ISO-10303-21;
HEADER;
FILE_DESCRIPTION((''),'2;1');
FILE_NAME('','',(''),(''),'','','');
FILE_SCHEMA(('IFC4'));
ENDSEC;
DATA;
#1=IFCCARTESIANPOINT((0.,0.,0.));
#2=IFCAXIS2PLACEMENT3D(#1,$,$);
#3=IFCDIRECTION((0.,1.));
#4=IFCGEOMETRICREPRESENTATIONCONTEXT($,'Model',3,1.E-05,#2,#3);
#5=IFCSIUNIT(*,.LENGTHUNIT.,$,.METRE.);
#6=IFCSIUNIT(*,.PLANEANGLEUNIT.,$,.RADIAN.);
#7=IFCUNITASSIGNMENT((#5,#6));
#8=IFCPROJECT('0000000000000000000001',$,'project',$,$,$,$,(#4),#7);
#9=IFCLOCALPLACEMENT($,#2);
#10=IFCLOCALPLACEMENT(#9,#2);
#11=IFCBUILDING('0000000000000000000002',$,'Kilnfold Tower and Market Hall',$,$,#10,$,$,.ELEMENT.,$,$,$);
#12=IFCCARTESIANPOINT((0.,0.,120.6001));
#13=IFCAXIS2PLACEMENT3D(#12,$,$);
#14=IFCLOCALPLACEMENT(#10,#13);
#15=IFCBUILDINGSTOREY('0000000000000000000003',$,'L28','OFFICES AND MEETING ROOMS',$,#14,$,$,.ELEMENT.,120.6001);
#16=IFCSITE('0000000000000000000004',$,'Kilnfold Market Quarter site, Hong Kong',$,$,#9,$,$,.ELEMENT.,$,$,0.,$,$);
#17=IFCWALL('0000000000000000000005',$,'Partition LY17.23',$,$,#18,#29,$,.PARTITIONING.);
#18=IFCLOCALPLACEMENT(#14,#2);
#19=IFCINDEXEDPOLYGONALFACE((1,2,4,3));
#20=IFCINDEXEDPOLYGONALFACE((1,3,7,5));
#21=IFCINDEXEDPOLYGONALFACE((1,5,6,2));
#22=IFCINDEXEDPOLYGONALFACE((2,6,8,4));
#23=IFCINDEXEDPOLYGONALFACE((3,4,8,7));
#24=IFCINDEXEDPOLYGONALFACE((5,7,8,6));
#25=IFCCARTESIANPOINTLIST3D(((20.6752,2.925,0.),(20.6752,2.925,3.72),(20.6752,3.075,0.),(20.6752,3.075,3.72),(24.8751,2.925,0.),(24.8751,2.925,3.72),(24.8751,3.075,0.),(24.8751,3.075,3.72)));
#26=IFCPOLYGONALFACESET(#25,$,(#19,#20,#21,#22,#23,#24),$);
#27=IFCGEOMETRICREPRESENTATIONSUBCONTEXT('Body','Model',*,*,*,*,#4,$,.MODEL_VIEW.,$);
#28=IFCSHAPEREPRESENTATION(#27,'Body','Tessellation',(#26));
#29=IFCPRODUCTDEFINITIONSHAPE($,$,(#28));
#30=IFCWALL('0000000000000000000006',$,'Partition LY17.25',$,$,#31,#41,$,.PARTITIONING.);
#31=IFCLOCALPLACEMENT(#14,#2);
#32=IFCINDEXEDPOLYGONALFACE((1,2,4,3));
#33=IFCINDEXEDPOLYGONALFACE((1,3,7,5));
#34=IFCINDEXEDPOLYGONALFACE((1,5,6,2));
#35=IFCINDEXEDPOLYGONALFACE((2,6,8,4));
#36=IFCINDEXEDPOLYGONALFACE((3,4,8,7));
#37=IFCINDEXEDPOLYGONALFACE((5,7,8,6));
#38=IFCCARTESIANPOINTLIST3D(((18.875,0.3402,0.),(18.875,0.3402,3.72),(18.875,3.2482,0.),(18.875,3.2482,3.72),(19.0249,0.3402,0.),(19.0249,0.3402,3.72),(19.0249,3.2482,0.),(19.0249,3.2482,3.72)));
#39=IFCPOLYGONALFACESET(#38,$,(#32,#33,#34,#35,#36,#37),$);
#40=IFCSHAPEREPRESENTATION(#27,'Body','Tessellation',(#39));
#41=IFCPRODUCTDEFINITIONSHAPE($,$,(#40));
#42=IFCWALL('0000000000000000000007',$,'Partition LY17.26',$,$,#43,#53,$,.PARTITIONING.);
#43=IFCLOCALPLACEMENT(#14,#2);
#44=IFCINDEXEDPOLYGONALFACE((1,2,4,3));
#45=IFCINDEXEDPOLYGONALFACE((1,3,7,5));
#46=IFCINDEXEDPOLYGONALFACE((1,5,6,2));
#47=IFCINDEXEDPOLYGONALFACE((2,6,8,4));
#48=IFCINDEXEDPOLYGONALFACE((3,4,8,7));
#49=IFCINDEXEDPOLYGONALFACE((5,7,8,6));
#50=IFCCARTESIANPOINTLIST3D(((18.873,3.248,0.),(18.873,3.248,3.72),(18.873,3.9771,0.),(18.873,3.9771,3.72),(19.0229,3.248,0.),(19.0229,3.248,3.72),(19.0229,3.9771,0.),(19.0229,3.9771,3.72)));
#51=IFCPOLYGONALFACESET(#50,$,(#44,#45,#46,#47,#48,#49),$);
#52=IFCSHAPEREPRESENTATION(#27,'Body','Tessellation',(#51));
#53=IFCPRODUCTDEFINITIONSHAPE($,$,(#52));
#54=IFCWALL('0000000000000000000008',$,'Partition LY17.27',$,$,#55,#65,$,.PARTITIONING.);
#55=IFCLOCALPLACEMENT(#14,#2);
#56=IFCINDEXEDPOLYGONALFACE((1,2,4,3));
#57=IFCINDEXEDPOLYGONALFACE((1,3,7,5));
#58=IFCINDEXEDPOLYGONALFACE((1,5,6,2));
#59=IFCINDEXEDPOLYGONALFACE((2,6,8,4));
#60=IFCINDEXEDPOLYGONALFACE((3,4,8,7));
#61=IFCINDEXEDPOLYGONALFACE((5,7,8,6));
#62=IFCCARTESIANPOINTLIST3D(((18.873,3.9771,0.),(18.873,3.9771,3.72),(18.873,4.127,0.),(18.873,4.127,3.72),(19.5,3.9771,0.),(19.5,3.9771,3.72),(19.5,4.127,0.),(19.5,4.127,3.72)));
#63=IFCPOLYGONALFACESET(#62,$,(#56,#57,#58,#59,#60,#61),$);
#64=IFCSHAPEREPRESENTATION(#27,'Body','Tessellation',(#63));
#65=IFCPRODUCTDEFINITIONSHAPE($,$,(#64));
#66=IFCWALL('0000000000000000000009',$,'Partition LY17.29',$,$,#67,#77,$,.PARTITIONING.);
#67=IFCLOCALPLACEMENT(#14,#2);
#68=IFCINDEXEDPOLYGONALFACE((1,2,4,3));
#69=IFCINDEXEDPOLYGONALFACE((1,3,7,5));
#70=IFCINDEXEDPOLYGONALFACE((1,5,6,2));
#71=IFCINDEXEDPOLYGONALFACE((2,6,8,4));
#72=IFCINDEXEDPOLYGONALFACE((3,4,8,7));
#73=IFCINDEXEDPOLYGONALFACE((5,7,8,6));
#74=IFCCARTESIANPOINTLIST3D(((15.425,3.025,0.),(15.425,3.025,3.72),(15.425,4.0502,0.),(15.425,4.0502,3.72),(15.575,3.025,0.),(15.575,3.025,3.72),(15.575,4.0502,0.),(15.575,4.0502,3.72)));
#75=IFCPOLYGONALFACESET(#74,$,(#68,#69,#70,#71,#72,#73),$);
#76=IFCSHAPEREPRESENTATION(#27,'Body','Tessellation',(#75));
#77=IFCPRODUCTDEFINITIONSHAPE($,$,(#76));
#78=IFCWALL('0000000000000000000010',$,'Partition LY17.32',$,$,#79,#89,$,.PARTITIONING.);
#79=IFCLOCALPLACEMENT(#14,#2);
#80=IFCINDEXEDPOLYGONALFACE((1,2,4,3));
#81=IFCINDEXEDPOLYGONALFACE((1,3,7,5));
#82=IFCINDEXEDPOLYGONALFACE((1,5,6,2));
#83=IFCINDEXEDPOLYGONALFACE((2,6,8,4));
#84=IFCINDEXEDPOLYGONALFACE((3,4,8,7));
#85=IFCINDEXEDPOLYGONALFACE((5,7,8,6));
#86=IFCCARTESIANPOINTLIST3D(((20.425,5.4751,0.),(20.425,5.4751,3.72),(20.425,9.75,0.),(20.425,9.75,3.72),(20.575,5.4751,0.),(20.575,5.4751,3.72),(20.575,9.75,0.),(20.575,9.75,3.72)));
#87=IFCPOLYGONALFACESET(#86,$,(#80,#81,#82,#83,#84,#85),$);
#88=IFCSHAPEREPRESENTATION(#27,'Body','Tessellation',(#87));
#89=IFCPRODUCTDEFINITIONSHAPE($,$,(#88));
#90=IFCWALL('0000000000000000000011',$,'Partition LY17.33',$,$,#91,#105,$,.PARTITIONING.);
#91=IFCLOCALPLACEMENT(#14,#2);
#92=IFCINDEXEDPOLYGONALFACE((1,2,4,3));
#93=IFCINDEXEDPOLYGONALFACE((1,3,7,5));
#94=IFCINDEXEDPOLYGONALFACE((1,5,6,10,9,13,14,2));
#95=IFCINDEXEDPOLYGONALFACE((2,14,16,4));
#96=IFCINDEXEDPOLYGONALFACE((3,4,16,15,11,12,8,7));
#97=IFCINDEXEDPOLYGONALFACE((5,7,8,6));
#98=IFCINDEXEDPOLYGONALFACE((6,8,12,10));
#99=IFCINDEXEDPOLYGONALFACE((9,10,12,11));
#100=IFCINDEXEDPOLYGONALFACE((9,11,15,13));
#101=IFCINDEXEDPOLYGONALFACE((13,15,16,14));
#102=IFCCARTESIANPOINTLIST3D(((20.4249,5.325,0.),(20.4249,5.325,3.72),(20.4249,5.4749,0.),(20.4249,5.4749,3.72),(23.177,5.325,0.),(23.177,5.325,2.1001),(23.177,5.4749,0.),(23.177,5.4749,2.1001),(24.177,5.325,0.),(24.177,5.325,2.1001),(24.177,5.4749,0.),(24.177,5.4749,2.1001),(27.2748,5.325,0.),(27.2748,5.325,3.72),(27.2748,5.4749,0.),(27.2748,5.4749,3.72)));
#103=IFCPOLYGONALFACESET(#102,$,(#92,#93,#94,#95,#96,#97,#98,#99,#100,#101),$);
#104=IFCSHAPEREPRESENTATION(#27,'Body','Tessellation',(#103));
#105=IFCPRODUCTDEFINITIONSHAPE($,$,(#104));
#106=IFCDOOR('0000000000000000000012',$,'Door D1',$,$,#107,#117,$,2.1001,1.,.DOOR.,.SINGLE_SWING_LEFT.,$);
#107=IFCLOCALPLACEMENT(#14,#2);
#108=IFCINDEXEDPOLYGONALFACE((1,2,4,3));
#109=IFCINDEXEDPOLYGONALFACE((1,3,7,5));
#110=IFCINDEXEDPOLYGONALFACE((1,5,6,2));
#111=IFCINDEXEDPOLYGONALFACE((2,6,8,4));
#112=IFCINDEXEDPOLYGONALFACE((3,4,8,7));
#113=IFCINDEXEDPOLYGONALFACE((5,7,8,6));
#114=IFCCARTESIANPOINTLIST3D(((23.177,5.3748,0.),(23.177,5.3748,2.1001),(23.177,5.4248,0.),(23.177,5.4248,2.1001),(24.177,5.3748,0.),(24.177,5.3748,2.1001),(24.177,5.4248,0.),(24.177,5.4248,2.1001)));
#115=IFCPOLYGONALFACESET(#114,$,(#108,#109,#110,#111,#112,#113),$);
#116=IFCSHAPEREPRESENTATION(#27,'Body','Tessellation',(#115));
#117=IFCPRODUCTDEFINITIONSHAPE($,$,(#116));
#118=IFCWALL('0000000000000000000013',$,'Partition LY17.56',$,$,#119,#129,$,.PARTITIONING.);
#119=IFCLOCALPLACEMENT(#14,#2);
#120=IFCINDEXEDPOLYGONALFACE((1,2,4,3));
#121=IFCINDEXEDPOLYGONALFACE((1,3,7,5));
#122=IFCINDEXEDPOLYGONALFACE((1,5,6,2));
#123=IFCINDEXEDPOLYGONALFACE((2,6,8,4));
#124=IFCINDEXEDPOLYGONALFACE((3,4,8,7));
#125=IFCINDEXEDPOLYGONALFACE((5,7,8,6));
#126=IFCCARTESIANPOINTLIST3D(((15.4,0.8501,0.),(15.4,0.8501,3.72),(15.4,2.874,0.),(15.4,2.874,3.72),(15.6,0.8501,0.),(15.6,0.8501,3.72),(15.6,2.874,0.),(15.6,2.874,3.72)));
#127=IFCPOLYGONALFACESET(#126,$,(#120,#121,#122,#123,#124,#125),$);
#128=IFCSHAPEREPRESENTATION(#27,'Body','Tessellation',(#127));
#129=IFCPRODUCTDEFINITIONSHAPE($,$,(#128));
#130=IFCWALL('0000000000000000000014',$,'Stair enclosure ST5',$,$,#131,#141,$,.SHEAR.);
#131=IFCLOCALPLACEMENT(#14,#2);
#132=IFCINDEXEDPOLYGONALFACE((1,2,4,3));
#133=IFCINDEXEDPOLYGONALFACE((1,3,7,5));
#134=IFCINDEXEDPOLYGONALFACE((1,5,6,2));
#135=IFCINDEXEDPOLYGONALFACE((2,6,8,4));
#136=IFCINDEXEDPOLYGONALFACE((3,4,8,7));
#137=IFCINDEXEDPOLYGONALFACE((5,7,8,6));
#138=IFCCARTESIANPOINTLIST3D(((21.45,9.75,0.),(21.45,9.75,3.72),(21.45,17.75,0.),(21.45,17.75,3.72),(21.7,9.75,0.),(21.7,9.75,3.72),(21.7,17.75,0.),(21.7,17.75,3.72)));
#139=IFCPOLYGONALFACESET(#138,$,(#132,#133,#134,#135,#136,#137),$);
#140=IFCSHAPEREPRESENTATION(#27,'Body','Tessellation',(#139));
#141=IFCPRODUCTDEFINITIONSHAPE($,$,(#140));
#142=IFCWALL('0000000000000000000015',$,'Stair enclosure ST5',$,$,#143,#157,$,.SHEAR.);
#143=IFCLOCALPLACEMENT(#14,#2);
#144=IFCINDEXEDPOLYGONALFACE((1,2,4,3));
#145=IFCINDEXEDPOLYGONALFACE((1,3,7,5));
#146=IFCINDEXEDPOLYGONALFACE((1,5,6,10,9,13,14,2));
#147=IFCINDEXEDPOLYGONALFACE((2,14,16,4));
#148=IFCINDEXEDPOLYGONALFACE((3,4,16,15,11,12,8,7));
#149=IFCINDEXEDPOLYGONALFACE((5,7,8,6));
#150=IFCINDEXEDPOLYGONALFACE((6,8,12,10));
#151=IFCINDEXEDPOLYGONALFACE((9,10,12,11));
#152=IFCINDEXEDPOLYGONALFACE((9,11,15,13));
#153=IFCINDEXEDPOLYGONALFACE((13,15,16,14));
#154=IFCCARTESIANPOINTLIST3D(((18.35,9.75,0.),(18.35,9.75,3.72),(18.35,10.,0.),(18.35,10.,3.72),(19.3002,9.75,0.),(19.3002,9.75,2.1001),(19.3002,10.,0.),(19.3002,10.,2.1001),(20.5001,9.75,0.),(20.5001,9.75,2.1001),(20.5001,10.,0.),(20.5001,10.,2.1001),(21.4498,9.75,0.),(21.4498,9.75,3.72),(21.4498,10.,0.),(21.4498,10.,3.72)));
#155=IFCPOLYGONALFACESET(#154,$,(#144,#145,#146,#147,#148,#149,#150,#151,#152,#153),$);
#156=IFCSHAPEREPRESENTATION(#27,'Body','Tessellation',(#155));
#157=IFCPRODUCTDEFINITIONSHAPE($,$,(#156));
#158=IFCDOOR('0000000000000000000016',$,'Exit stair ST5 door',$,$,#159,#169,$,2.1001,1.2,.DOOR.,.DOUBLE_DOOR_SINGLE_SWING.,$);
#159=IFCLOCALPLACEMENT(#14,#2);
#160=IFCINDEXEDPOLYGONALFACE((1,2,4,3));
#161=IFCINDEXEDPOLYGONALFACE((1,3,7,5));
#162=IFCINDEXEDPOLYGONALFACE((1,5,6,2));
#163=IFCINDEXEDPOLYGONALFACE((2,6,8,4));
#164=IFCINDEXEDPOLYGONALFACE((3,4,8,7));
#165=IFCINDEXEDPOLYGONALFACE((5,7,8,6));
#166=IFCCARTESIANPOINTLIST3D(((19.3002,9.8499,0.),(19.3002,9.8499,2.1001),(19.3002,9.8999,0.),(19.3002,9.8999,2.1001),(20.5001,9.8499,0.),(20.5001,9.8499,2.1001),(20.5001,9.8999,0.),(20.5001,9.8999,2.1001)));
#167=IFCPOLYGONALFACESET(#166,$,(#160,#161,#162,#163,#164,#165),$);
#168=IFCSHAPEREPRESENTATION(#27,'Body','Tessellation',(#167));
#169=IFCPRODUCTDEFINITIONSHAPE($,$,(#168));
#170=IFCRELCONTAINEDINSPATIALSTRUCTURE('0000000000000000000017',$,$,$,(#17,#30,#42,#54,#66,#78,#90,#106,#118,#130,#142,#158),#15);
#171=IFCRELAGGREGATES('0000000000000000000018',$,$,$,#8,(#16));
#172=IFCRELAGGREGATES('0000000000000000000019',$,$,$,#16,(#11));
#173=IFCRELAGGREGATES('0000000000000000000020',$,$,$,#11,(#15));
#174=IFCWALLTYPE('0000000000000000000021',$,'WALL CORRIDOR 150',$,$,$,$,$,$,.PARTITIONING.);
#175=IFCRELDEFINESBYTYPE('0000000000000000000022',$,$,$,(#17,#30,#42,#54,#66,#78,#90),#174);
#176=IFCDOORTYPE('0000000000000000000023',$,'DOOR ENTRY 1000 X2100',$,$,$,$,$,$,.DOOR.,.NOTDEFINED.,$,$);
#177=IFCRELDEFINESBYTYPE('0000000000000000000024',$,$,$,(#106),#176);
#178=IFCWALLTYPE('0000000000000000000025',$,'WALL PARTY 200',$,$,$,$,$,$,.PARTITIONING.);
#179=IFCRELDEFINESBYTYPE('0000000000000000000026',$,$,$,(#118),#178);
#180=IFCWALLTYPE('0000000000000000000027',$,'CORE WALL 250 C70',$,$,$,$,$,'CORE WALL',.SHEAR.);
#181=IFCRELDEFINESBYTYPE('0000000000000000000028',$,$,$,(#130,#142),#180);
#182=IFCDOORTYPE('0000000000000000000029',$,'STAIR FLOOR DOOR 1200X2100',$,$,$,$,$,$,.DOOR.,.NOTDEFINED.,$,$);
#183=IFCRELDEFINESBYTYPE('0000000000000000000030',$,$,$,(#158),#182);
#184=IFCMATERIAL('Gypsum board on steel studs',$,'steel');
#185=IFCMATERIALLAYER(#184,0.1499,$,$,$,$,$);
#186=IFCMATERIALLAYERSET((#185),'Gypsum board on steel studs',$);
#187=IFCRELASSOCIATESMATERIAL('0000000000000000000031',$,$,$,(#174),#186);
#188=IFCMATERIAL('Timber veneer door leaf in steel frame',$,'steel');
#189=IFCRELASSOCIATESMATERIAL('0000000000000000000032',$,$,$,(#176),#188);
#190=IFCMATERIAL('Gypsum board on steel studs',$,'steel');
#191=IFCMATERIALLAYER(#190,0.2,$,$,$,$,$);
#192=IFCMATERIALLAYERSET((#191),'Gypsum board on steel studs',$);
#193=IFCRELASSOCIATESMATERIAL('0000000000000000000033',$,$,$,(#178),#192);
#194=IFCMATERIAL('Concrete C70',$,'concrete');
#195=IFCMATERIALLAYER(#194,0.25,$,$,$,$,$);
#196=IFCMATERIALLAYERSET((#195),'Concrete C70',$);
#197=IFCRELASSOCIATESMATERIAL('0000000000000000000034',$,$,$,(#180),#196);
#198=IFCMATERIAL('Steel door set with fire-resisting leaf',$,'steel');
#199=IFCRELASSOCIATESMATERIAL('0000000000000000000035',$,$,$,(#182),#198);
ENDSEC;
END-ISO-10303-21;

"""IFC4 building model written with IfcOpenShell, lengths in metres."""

from ifc_helpers import new_model, si_unit, direction, frame, frame_2d, origin, place, context, subcontext, project, spatial, rectangle, extrude, source, transform, mapped, material, layer, layer_set, type_object, element, fill, save


model = new_model("IFC4")

# Units and contexts
model_context = context("Model", 3, precision=1e-05, world=origin(), true_north=direction((0.0, 1.0)))
body_context = subcontext(model_context, "Body", "Model", "MODEL_VIEW")
ifc_project = project(units=[si_unit("LENGTHUNIT", "METRE"), si_unit("PLANEANGLEUNIT", "RADIAN")], contexts=[model_context])

# Site, building, storey
site_placement = place(None, origin())
site = spatial("IfcSite", under=ifc_project, at=site_placement, Name="Kilnfold Market Quarter site, Hong Kong", CompositionType="ELEMENT", RefElevation=0.0)
building_placement = place(site_placement, origin())
building = spatial("IfcBuilding", under=site, at=building_placement, Name="Kilnfold Tower and Market Hall", CompositionType="ELEMENT")
storey_placement = place(building_placement, frame((0.0, 0.0, 120.6001)))
storey = spatial("IfcBuildingStorey", under=building, at=storey_placement, Name="L28", Description="OFFICES AND MEETING ROOMS", CompositionType="ELEMENT", Elevation=120.6001)

# Walls
ifc_material_1 = material(Name="Gypsum board on steel studs", Category="steel")
ifc_layer_1 = layer(ifc_material_1, 0.1499)
ifc_layer_set_1 = layer_set([ifc_layer_1], Name="Gypsum board on steel studs")
wall_type_1 = type_object("IfcWallType", Name="WALL CORRIDOR 150", PredefinedType="PARTITIONING", material=ifc_layer_set_1)
wall_1_placement = place(storey_placement, frame((20.675, 3.0, 0.0), z_axis=(0.0, 0.0, 1.0), x_axis=(1.0, 0.0, 0.0)))
element("IfcWall", 1, at=wall_1_placement, inside=storey, type_object=wall_type_1, Name="Partition LY17.23", PredefinedType="PARTITIONING", context=body_context, shape_type="SweptSolid", body=[
    extrude(rectangle(XDim=4.2, YDim=0.1499, at=frame_2d((2.1001, 0.0))), origin(), (0.0, 0.0, 1.0), 3.72),
])
wall_2_placement = place(storey_placement, frame((18.95, 0.3401, 0.0), z_axis=(0.0, 0.0, 1.0), x_axis=(0.0, 1.0, 0.0)))
element("IfcWall", 2, at=wall_2_placement, inside=storey, type_object=wall_type_1, Name="Partition LY17.25", PredefinedType="PARTITIONING", context=body_context, shape_type="SweptSolid", body=[
    extrude(rectangle(XDim=2.908, YDim=0.1499, at=frame_2d((1.4541, 0.0))), origin(), (0.0, 0.0, 1.0), 3.72),
])
wall_3_placement = place(storey_placement, frame((18.948, 3.9771, 0.0), z_axis=(0.0, 0.0, 1.0), x_axis=(0.0, -1.0, 0.0)))
element("IfcWall", 3, at=wall_3_placement, inside=storey, type_object=wall_type_1, Name="Partition LY17.26", PredefinedType="PARTITIONING", context=body_context, shape_type="SweptSolid", body=[
    extrude(rectangle(XDim=0.729, YDim=0.1499, at=frame_2d((0.3645, 0.0))), origin(), (0.0, 0.0, 1.0), 3.72),
])
wall_4_placement = place(storey_placement, frame((18.873, 4.052, 0.0), z_axis=(0.0, 0.0, 1.0), x_axis=(1.0, 0.0, 0.0)))
element("IfcWall", 4, at=wall_4_placement, inside=storey, type_object=wall_type_1, Name="Partition LY17.27", PredefinedType="PARTITIONING", context=body_context, shape_type="SweptSolid", body=[
    extrude(rectangle(XDim=0.627, YDim=0.1499, at=frame_2d((0.3135, 0.0))), origin(), (0.0, 0.0, 1.0), 3.72),
])
wall_5_placement = place(storey_placement, frame((15.5, 3.0249, 0.0), z_axis=(0.0, 0.0, 1.0), x_axis=(0.0, 1.0, 0.0)))
element("IfcWall", 5, at=wall_5_placement, inside=storey, type_object=wall_type_1, Name="Partition LY17.29", PredefinedType="PARTITIONING", context=body_context, shape_type="SweptSolid", body=[
    extrude(rectangle(XDim=1.0251, YDim=0.1499, at=frame_2d((0.5127, 0.0))), origin(), (0.0, 0.0, 1.0), 3.72),
])
wall_6_placement = place(storey_placement, frame((20.5, 5.4751, 0.0), z_axis=(0.0, 0.0, 1.0), x_axis=(0.0, 1.0, 0.0)))
element("IfcWall", 6, at=wall_6_placement, inside=storey, type_object=wall_type_1, Name="Partition LY17.32", PredefinedType="PARTITIONING", context=body_context, shape_type="SweptSolid", body=[
    extrude(rectangle(XDim=4.2749, YDim=0.1499, at=frame_2d((2.1375, 0.0))), origin(), (0.0, 0.0, 1.0), 3.72),
])

# Wall, opening, door
wall_7_placement = place(storey_placement, frame((20.425, 5.3999, 0.0), z_axis=(0.0, 0.0, 1.0), x_axis=(1.0, 0.0, 0.0)))
wall_7 = element("IfcWall", 7, at=wall_7_placement, inside=storey, type_object=wall_type_1, Name="Partition LY17.33", PredefinedType="PARTITIONING", context=body_context, shape_type="SweptSolid", body=[
    extrude(rectangle(XDim=6.8499, YDim=0.1499, at=frame_2d((3.4248, 0.0))), origin(), (0.0, 0.0, 1.0), 3.72),
])
opening_1_placement = place(wall_7_placement, frame((2.752, 0.0, 0.0)))
opening_1 = element("IfcOpeningElement", 8, at=opening_1_placement, cuts=wall_7, PredefinedType="OPENING", context=body_context, shape_type="SweptSolid", body=[
    extrude(rectangle(XDim=1.0, YDim=2.1001, at=frame_2d((0.5, 1.05))), frame((0.0, 0.085, 0.0), z_axis=(0.0, -1.0, 0.0), x_axis=(1.0, 0.0, 0.0)), (0.0, 0.0, 1.0), 0.1699),
])
ifc_material_2 = material(Name="Timber veneer door leaf in steel frame", Category="steel")
door_type_1 = type_object("IfcDoorType", Name="DOOR ENTRY 1000 X2100", OperationType="NOTDEFINED", PredefinedType="DOOR", material=ifc_material_2)
door_1_placement = place(opening_1_placement, origin())
door_1 = element("IfcDoor", 9, at=door_1_placement, inside=storey, type_object=door_type_1, Name="Door D1", OperationType="SINGLE_SWING_LEFT", OverallHeight=2.1001, OverallWidth=1.0, PredefinedType="DOOR", context=body_context, shape_type="SweptSolid", body=[
    extrude(rectangle(XDim=1.0, YDim=2.1001, at=frame_2d((0.5, 1.05))), frame((0.0, 0.0249, 0.0), z_axis=(0.0, -1.0, 0.0), x_axis=(1.0, 0.0, 0.0)), (0.0, 0.0, 1.0), 0.05),
])
fill(opening_1, door_1)

# Walls
ifc_material_3 = material(Name="Gypsum board on steel studs", Category="steel")
ifc_layer_2 = layer(ifc_material_3, 0.2)
ifc_layer_set_2 = layer_set([ifc_layer_2], Name="Gypsum board on steel studs")
wall_type_2 = type_object("IfcWallType", Name="WALL PARTY 200", PredefinedType="PARTITIONING", material=ifc_layer_set_2)
wall_8_placement = place(storey_placement, frame((15.5, 0.8501, 0.0), z_axis=(0.0, 0.0, 1.0), x_axis=(0.0, 1.0, 0.0)))
element("IfcWall", 10, at=wall_8_placement, inside=storey, type_object=wall_type_2, Name="Partition LY17.56", PredefinedType="PARTITIONING", context=body_context, shape_type="SweptSolid", body=[
    extrude(rectangle(XDim=2.0239, YDim=0.2, at=frame_2d((1.012, 0.0))), origin(), (0.0, 0.0, 1.0), 3.72),
])
ifc_material_4 = material(Name="Concrete C70", Category="concrete")
ifc_layer_3 = layer(ifc_material_4, 0.25)
ifc_layer_set_3 = layer_set([ifc_layer_3], Name="Concrete C70")
wall_type_3 = type_object("IfcWallType", Name="CORE WALL 250 C70", ElementType="CORE WALL", PredefinedType="SHEAR", material=ifc_layer_set_3)
shared_shape_1 = source(origin(), body_context, "Body", "SweptSolid", [
    extrude(rectangle(XDim=8.0, YDim=0.25, at=frame_2d((4.0, 0.0))), origin(), (0.0, 0.0, 1.0), 3.72),
])
wall_9_placement = place(storey_placement, frame((21.575, 9.75, 0.0), z_axis=(0.0, 0.0, 1.0), x_axis=(0.0, 1.0, 0.0)))
element("IfcWall", 11, at=wall_9_placement, inside=storey, type_object=wall_type_3, Name="Stair enclosure ST5", PredefinedType="SHEAR", context=body_context, shape_type="MappedRepresentation", body=[
    mapped(shared_shape_1, transform((0.0, 0.0, 0.0))),
])

# Wall, opening, door
shared_shape_2 = source(origin(), body_context, "Body", "SweptSolid", [
    extrude(rectangle(XDim=3.0999, YDim=0.25, at=frame_2d((1.5498, 0.0))), origin(), (0.0, 0.0, 1.0), 3.72),
])
wall_10_placement = place(storey_placement, frame((18.3501, 9.875, 0.0), z_axis=(0.0, 0.0, 1.0), x_axis=(1.0, 0.0, 0.0)))
wall_10 = element("IfcWall", 12, at=wall_10_placement, inside=storey, type_object=wall_type_3, Name="Stair enclosure ST5", PredefinedType="SHEAR", context=body_context, shape_type="MappedRepresentation", body=[
    mapped(shared_shape_2, transform((0.0, 0.0, 0.0))),
])
opening_2_placement = place(wall_10_placement, frame((0.95, 0.0, 0.0)))
opening_2 = element("IfcOpeningElement", 13, at=opening_2_placement, cuts=wall_10, PredefinedType="OPENING", context=body_context, shape_type="SweptSolid", body=[
    extrude(rectangle(XDim=1.2, YDim=2.1001, at=frame_2d((0.6001, 1.05))), frame((0.0, 0.135, 0.0), z_axis=(0.0, -1.0, 0.0), x_axis=(1.0, 0.0, 0.0)), (0.0, 0.0, 1.0), 0.27),
])
ifc_material_5 = material(Name="Steel door set with fire-resisting leaf", Category="steel")
door_type_2 = type_object("IfcDoorType", Name="STAIR FLOOR DOOR 1200X2100", OperationType="NOTDEFINED", PredefinedType="DOOR", material=ifc_material_5)
door_2_placement = place(opening_2_placement, origin())
door_2 = element("IfcDoor", 14, at=door_2_placement, inside=storey, type_object=door_type_2, Name="Exit stair ST5 door", OperationType="DOUBLE_DOOR_SINGLE_SWING", OverallHeight=2.1001, OverallWidth=1.2, PredefinedType="DOOR", context=body_context, shape_type="SweptSolid", body=[
    extrude(rectangle(XDim=1.2, YDim=2.1001, at=frame_2d((0.6001, 1.05))), frame((0.0, 0.0249, 0.0), z_axis=(0.0, -1.0, 0.0), x_axis=(1.0, 0.0, 0.0)), (0.0, 0.0, 1.0), 0.05),
])
fill(opening_2, door_2)

save(model, "model.ifc")
